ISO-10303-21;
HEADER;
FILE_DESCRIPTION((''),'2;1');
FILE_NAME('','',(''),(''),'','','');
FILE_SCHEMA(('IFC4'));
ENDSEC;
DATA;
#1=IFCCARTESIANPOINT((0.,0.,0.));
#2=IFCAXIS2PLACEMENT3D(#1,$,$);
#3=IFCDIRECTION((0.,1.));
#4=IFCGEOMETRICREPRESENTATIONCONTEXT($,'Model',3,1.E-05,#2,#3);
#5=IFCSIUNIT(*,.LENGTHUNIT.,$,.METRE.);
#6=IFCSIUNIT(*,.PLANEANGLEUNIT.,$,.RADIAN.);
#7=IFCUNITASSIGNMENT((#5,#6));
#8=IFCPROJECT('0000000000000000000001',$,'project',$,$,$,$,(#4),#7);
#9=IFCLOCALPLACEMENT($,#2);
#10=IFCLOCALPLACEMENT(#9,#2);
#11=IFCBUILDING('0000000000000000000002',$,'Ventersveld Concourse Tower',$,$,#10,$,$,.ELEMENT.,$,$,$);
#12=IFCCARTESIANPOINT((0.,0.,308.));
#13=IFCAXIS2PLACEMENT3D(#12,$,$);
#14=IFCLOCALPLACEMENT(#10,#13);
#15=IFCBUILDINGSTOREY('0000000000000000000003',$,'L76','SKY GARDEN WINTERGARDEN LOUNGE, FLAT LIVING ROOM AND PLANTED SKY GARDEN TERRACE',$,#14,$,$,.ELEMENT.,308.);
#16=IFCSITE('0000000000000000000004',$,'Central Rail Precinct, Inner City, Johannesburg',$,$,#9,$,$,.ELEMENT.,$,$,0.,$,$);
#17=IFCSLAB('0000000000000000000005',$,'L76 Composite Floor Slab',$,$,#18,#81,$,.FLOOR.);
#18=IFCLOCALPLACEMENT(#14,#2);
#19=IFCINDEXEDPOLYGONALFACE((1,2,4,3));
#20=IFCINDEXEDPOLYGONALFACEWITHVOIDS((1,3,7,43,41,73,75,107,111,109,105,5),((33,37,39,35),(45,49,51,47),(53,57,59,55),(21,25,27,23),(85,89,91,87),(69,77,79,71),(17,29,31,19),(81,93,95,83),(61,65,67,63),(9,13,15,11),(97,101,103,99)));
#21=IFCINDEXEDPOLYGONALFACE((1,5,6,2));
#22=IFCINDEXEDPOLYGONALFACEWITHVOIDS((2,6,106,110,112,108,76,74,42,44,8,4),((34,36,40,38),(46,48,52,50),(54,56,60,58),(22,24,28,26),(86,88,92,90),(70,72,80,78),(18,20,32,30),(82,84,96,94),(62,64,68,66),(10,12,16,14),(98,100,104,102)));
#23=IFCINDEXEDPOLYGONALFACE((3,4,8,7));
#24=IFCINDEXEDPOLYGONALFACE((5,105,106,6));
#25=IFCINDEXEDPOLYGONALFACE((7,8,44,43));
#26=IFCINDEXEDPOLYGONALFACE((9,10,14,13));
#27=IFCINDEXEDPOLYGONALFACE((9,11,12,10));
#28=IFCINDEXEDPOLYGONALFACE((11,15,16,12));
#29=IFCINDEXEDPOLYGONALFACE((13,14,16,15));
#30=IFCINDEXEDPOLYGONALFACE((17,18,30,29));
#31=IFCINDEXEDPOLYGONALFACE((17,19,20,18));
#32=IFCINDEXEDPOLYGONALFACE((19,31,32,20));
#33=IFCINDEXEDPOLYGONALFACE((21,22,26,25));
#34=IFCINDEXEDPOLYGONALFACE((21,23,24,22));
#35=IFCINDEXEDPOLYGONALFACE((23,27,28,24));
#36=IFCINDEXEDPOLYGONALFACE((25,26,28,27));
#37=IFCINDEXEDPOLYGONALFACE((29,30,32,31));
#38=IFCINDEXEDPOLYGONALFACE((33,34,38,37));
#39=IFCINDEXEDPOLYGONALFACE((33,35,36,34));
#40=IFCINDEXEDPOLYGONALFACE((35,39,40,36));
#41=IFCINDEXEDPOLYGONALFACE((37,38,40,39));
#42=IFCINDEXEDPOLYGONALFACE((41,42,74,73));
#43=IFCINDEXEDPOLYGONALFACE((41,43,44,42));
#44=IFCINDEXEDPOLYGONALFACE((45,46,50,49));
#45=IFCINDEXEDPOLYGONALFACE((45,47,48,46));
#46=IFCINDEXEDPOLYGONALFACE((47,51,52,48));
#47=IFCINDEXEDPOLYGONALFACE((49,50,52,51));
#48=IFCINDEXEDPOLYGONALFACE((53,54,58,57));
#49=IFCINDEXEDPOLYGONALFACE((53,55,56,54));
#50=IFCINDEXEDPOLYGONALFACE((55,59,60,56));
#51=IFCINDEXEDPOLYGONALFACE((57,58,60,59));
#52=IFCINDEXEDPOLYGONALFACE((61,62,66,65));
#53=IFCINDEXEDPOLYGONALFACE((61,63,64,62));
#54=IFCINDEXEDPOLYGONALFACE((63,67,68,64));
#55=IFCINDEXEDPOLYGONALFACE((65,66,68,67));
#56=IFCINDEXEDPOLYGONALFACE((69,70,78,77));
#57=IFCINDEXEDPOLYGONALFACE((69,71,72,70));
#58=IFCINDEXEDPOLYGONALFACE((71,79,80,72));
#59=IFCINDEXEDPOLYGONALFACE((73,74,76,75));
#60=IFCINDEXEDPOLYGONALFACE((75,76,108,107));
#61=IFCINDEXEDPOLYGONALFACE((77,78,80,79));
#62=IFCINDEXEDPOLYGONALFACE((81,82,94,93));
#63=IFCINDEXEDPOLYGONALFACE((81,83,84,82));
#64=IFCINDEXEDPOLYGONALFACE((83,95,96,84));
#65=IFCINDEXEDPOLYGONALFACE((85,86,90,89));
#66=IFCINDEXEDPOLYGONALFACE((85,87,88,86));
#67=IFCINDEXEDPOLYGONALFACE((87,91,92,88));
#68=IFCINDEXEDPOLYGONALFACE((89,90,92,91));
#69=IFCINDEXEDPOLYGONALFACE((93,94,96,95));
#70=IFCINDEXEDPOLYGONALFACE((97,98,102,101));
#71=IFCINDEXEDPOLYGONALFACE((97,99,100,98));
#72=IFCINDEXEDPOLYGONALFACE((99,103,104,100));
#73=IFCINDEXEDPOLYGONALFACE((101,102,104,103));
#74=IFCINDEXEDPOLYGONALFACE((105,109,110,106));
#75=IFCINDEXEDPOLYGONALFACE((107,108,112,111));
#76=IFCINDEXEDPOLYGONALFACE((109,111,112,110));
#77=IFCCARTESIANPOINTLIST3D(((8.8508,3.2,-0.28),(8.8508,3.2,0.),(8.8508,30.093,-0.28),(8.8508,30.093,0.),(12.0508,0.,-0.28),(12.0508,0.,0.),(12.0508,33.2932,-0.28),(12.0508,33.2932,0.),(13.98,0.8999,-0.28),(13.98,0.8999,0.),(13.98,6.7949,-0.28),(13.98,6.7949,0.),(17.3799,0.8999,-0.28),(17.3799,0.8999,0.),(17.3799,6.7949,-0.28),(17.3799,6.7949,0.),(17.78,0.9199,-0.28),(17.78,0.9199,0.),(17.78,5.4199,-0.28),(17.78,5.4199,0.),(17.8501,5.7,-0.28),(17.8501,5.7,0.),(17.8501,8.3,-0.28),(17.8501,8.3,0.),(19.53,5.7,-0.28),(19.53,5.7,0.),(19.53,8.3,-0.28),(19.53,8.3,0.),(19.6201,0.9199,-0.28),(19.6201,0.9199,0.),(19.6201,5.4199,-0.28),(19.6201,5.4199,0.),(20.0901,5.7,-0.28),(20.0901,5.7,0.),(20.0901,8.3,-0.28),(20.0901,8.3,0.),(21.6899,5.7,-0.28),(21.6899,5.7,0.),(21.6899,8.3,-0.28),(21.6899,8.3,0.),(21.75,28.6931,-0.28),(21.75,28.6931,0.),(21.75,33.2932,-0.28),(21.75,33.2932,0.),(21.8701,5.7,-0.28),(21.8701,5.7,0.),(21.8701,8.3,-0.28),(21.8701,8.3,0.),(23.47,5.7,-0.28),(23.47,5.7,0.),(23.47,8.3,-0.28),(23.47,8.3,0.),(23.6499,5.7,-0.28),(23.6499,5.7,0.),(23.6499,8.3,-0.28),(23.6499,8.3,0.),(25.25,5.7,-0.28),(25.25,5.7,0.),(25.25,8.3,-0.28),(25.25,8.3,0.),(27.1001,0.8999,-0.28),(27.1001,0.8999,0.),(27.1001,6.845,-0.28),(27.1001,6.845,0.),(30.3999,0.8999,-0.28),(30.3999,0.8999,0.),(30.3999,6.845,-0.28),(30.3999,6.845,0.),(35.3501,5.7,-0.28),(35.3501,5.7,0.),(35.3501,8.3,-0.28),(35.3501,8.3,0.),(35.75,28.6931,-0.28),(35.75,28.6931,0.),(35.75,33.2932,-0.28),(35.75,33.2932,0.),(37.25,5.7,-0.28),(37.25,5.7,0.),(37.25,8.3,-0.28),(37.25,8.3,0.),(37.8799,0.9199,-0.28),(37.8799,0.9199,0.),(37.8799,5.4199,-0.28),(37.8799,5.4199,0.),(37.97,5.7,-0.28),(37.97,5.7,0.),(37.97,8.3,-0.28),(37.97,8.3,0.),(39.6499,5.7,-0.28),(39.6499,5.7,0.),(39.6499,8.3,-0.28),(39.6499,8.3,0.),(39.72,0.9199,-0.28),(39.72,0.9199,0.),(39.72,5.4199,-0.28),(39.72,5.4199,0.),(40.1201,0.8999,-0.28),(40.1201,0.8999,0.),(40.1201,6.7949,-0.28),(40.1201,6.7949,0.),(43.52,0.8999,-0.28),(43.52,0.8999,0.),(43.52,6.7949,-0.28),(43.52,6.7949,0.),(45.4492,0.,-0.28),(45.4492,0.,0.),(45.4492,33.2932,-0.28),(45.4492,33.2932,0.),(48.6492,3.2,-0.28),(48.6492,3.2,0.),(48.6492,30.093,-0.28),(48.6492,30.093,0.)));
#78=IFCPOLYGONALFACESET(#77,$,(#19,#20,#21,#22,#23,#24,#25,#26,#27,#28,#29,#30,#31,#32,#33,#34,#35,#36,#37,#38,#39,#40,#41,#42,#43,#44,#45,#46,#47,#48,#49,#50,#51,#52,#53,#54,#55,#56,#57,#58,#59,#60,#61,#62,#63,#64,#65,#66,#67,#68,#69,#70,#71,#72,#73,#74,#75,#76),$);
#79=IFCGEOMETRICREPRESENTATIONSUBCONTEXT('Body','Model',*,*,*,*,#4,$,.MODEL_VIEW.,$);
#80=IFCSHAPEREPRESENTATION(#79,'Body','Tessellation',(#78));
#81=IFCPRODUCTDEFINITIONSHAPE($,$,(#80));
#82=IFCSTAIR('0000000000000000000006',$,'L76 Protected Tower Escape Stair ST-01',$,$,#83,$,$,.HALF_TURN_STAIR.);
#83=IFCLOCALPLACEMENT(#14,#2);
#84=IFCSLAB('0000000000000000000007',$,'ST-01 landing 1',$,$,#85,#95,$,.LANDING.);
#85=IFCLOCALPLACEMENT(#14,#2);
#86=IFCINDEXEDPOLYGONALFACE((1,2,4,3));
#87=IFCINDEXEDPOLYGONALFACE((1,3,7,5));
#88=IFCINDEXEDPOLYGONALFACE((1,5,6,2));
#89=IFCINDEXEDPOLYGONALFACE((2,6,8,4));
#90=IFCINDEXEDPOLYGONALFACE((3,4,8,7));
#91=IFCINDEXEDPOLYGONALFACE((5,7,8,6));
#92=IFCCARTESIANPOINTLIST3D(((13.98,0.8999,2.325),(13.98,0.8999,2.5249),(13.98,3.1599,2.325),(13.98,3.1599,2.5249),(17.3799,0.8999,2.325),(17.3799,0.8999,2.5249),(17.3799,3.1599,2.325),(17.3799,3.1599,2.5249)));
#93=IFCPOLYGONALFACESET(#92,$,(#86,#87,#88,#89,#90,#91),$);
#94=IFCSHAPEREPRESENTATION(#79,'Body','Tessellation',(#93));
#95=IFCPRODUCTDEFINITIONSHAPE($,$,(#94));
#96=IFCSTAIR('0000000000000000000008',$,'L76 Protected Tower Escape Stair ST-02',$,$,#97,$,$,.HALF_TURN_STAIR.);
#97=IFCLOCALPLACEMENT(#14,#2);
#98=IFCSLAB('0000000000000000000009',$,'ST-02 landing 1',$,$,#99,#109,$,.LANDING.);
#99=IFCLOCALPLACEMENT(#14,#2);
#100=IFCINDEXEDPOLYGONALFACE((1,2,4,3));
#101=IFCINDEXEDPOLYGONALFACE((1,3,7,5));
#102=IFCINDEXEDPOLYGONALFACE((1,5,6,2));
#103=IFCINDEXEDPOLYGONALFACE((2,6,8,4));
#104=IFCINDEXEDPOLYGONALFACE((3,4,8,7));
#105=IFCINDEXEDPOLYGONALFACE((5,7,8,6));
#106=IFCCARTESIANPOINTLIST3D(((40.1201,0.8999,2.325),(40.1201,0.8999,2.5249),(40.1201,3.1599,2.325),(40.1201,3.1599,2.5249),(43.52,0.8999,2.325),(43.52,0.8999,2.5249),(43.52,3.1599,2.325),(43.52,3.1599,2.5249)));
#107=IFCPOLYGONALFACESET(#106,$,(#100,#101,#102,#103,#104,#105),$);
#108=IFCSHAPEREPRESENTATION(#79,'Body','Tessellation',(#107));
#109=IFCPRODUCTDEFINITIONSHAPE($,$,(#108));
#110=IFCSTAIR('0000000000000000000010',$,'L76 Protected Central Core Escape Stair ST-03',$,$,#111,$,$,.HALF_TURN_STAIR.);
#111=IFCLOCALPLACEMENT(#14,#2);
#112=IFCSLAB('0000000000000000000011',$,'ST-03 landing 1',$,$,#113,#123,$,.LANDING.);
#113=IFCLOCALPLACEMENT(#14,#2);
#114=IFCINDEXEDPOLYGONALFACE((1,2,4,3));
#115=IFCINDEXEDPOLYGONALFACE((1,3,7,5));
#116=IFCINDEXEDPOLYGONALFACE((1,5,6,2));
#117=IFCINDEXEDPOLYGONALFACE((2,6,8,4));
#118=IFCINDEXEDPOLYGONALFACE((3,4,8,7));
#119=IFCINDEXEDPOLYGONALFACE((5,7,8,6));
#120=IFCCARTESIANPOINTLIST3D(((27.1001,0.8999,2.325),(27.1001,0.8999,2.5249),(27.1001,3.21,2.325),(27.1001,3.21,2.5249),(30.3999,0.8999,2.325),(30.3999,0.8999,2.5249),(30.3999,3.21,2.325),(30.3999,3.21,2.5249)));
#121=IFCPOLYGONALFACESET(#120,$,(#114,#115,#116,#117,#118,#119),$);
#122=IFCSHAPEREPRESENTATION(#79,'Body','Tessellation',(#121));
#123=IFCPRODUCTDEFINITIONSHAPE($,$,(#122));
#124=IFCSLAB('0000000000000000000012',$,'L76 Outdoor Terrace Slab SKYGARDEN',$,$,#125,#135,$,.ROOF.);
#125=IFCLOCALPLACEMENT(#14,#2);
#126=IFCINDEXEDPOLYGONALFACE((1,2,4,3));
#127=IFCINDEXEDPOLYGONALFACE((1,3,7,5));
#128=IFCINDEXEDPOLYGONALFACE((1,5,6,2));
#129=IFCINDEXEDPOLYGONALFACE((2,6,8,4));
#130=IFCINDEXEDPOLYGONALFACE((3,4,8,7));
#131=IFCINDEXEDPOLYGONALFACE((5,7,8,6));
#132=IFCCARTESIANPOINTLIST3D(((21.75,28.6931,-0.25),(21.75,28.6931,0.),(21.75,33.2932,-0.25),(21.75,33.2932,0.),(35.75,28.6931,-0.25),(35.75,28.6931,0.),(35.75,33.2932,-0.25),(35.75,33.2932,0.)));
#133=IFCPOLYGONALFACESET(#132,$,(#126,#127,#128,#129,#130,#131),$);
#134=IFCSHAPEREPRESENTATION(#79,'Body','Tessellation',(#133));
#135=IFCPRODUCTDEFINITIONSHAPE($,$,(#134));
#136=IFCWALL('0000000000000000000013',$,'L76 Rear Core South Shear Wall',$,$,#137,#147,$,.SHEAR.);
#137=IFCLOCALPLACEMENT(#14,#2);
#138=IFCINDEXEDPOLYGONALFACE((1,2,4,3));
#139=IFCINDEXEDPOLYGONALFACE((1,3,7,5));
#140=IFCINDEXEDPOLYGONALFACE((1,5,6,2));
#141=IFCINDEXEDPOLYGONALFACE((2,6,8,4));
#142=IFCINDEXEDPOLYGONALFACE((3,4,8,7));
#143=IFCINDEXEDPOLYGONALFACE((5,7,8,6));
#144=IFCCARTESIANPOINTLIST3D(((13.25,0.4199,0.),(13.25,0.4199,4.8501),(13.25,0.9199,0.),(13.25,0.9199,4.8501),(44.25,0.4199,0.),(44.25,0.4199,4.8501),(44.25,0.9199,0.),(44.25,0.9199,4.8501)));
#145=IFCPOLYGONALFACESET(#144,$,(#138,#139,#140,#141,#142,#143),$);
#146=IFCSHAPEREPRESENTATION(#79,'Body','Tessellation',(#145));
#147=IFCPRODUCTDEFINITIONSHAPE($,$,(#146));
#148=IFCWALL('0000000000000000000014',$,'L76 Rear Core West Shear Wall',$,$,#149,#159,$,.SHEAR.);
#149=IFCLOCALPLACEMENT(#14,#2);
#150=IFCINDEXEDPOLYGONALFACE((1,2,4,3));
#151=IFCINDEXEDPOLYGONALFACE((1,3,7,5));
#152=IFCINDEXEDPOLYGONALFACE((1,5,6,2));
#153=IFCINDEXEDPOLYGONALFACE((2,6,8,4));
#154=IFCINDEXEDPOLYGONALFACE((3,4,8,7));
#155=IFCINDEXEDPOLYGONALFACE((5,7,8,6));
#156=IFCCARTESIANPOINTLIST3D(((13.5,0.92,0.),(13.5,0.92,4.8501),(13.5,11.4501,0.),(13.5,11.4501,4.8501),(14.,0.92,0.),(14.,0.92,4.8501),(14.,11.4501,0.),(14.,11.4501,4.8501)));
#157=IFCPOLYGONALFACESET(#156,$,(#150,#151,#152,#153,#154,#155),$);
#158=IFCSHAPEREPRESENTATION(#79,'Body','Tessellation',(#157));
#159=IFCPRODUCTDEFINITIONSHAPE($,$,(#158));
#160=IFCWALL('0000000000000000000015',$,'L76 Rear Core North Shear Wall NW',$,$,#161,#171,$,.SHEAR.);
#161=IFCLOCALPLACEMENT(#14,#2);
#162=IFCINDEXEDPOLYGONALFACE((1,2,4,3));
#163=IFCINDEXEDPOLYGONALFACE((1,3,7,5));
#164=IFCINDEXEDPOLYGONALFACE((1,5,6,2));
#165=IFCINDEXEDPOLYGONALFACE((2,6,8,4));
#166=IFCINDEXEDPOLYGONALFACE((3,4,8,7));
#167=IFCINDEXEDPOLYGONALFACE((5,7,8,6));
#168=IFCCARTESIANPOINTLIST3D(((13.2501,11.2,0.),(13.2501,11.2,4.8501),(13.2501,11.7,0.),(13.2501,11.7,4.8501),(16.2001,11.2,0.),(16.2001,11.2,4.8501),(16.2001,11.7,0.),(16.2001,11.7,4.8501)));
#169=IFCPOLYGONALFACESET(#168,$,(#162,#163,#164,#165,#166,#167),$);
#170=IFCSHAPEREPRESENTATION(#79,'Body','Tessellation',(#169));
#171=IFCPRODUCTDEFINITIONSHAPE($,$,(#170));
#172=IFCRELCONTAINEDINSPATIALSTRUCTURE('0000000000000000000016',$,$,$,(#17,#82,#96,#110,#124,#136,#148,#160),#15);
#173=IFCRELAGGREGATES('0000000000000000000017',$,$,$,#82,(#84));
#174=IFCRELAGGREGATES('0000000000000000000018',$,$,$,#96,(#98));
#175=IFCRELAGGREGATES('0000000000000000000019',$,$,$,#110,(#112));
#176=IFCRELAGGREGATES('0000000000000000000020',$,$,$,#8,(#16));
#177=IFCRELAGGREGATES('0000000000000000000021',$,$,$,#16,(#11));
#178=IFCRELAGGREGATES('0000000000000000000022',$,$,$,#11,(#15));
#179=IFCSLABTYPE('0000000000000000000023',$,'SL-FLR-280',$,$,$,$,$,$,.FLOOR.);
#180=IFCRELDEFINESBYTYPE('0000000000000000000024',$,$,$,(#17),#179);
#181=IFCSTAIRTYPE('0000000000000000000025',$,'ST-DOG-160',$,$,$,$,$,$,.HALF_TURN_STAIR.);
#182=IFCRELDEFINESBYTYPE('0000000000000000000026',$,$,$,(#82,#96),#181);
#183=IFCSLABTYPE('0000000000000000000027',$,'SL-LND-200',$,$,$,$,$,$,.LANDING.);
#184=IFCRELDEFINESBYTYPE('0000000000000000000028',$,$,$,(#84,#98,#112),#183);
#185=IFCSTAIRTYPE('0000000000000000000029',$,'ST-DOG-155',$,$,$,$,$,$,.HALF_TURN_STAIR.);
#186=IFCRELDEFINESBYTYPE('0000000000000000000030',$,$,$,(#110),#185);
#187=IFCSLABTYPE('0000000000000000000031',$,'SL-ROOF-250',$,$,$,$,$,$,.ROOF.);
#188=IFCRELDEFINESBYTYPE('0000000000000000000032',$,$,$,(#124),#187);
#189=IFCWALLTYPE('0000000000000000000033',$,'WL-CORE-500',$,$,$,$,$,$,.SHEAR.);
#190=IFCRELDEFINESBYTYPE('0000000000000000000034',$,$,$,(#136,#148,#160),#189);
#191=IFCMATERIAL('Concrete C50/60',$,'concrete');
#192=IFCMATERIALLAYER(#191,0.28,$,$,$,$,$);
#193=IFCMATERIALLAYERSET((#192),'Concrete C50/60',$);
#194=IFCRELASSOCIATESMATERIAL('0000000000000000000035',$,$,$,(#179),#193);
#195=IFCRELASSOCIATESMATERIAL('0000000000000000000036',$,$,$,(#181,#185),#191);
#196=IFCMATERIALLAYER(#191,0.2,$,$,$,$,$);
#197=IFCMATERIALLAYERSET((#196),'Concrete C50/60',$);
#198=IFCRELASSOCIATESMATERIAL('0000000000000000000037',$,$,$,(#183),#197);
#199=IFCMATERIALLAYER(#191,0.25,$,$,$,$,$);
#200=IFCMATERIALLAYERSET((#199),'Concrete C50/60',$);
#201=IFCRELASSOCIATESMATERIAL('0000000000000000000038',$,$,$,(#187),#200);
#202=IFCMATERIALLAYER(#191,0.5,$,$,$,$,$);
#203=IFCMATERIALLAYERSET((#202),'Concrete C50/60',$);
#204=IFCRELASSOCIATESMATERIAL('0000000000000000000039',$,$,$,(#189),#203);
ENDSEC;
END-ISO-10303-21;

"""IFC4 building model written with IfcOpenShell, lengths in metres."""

from ifc_helpers import new_model, si_unit, direction, frame, frame_2d, origin, place, context, subcontext, project, spatial, polyline, rectangle, outline, extrude, material, layer, layer_set, type_object, element, aggregate, save


model = new_model("IFC4")

# Units and contexts
model_context = context("Model", 3, precision=1e-05, world=origin(), true_north=direction((0.0, 1.0)))
body_context = subcontext(model_context, "Body", "Model", "MODEL_VIEW")
ifc_project = project(units=[si_unit("LENGTHUNIT", "METRE"), si_unit("PLANEANGLEUNIT", "RADIAN")], contexts=[model_context])

# Site, building, storey
site_placement = place(None, origin())
site = spatial("IfcSite", under=ifc_project, at=site_placement, Name="Central Rail Precinct, Inner City, Johannesburg", CompositionType="ELEMENT", RefElevation=0.0)
building_placement = place(site_placement, origin())
building = spatial("IfcBuilding", under=site, at=building_placement, Name="Ventersveld Concourse Tower", CompositionType="ELEMENT")
storey_placement = place(building_placement, frame((0.0, 0.0, 308.0)))
storey = spatial("IfcBuildingStorey", under=building, at=storey_placement, Name="L76", Description="SKY GARDEN WINTERGARDEN LOUNGE, FLAT LIVING ROOM AND PLANTED SKY GARDEN TERRACE", CompositionType="ELEMENT", Elevation=308.0)

# Shared definitions
ifc_material_1 = material(Name="Concrete C50/60", Category="concrete")

# Slab
ifc_layer_1 = layer(ifc_material_1, 0.28)
ifc_layer_set_1 = layer_set([ifc_layer_1], Name="Concrete C50/60")
slab_type_1 = type_object("IfcSlabType", Name="SL-FLR-280", PredefinedType="FLOOR", material=ifc_layer_set_1)
slab_1_placement = place(storey_placement, frame((0.0, 0.0, -0.28)))
element("IfcSlab", 1, at=slab_1_placement, inside=storey, type_object=slab_type_1, Name="L76 Composite Floor Slab", PredefinedType="FLOOR", context=body_context, shape_type="SweptSolid", body=[
    extrude(outline(polyline([(12.0508, 0.0), (45.4492, 0.0), (48.6492, 3.2), (48.6492, 30.093), (45.4492, 33.2932), (35.75, 33.2932), (35.75, 28.6931), (21.75, 28.6931), (21.75, 33.2932), (12.0508, 33.2932), (8.8508, 30.093), (8.8508, 3.2), (12.0508, 0.0)]), holes=[polyline([(13.98, 6.7949), (13.98, 0.8999), (17.3799, 0.8999), (17.3799, 6.7949), (13.98, 6.7949)]), polyline([(40.1201, 6.7949), (40.1201, 0.8999), (43.52, 0.8999), (43.52, 6.7949), (40.1201, 6.7949)]), polyline([(27.1001, 6.845), (27.1001, 0.8999), (30.3999, 0.8999), (30.3999, 6.845), (27.1001, 6.845)]), polyline([(17.8501, 5.7), (19.53, 5.7), (19.53, 8.3), (17.8501, 8.3), (17.8501, 5.7)]), polyline([(37.97, 5.7), (39.6499, 5.7), (39.6499, 8.3), (37.97, 8.3), (37.97, 5.7)]), polyline([(35.3501, 5.7), (37.25, 5.7), (37.25, 8.3), (35.3501, 8.3), (35.3501, 5.7)]), polyline([(20.0901, 5.7), (21.6899, 5.7), (21.6899, 8.3), (20.0901, 8.3), (20.0901, 5.7)]), polyline([(21.8701, 5.7), (23.47, 5.7), (23.47, 8.3), (21.8701, 8.3), (21.8701, 5.7)]), polyline([(23.6499, 5.7), (25.25, 5.7), (25.25, 8.3), (23.6499, 8.3), (23.6499, 5.7)]), polyline([(17.78, 0.9199), (19.6201, 0.9199), (19.6201, 5.4199), (17.78, 5.4199), (17.78, 0.9199)]), polyline([(37.8799, 0.9199), (39.72, 0.9199), (39.72, 5.4199), (37.8799, 5.4199), (37.8799, 0.9199)])]), origin(), (0.0, 0.0, 1.0), 0.28),
])

# Stairs, slabs
stair_type_1 = type_object("IfcStairType", Name="ST-DOG-160", PredefinedType="HALF_TURN_STAIR", material=ifc_material_1)
stair_1_placement = place(storey_placement, origin())
stair_1 = element("IfcStair", 2, at=stair_1_placement, inside=storey, type_object=stair_type_1, Name="L76 Protected Tower Escape Stair ST-01", PredefinedType="HALF_TURN_STAIR")
ifc_layer_2 = layer(ifc_material_1, 0.2)
ifc_layer_set_2 = layer_set([ifc_layer_2], Name="Concrete C50/60")
slab_type_2 = type_object("IfcSlabType", Name="SL-LND-200", PredefinedType="LANDING", material=ifc_layer_set_2)
slab_2_placement = place(storey_placement, frame((0.0, 0.0, 2.325)))
slab_2 = element("IfcSlab", 3, at=slab_2_placement, type_object=slab_type_2, Name="ST-01 landing 1", PredefinedType="LANDING", context=body_context, shape_type="SweptSolid", body=[
    extrude(outline(polyline([(13.98, 3.1599), (13.98, 0.8999), (17.3799, 0.8999), (17.3799, 3.1599), (13.98, 3.1599)])), origin(), (0.0, 0.0, 1.0), 0.2),
])
aggregate(stair_1, [slab_2])
stair_2_placement = place(storey_placement, origin())
stair_2 = element("IfcStair", 4, at=stair_2_placement, inside=storey, type_object=stair_type_1, Name="L76 Protected Tower Escape Stair ST-02", PredefinedType="HALF_TURN_STAIR")
slab_3_placement = place(storey_placement, frame((0.0, 0.0, 2.325)))
slab_3 = element("IfcSlab", 5, at=slab_3_placement, type_object=slab_type_2, Name="ST-02 landing 1", PredefinedType="LANDING", context=body_context, shape_type="SweptSolid", body=[
    extrude(outline(polyline([(40.1201, 3.1599), (40.1201, 0.8999), (43.52, 0.8999), (43.52, 3.1599), (40.1201, 3.1599)])), origin(), (0.0, 0.0, 1.0), 0.2),
])
aggregate(stair_2, [slab_3])
stair_type_2 = type_object("IfcStairType", Name="ST-DOG-155", PredefinedType="HALF_TURN_STAIR", material=ifc_material_1)
stair_3_placement = place(storey_placement, origin())
stair_3 = element("IfcStair", 6, at=stair_3_placement, inside=storey, type_object=stair_type_2, Name="L76 Protected Central Core Escape Stair ST-03", PredefinedType="HALF_TURN_STAIR")
slab_4_placement = place(storey_placement, frame((0.0, 0.0, 2.325)))
slab_4 = element("IfcSlab", 7, at=slab_4_placement, type_object=slab_type_2, Name="ST-03 landing 1", PredefinedType="LANDING", context=body_context, shape_type="SweptSolid", body=[
    extrude(outline(polyline([(27.1001, 3.21), (27.1001, 0.8999), (30.3999, 0.8999), (30.3999, 3.21), (27.1001, 3.21)])), origin(), (0.0, 0.0, 1.0), 0.2),
])
aggregate(stair_3, [slab_4])

# Slab
ifc_layer_3 = layer(ifc_material_1, 0.25)
ifc_layer_set_3 = layer_set([ifc_layer_3], Name="Concrete C50/60")
slab_type_3 = type_object("IfcSlabType", Name="SL-ROOF-250", PredefinedType="ROOF", material=ifc_layer_set_3)
slab_5_placement = place(storey_placement, frame((0.0, 0.0, -0.25)))
element("IfcSlab", 8, at=slab_5_placement, inside=storey, type_object=slab_type_3, Name="L76 Outdoor Terrace Slab SKYGARDEN", PredefinedType="ROOF", context=body_context, shape_type="SweptSolid", body=[
    extrude(outline(polyline([(21.75, 28.6931), (35.75, 28.6931), (35.75, 33.2932), (21.75, 33.2932), (21.75, 28.6931)])), origin(), (0.0, 0.0, 1.0), 0.25),
])

# Walls
ifc_layer_4 = layer(ifc_material_1, 0.5)
ifc_layer_set_4 = layer_set([ifc_layer_4], Name="Concrete C50/60")
wall_type_1 = type_object("IfcWallType", Name="WL-CORE-500", PredefinedType="SHEAR", material=ifc_layer_set_4)
wall_1_placement = place(storey_placement, frame((13.25, 0.6699, 0.0), z_axis=(0.0, 0.0, 1.0), x_axis=(1.0, 0.0, 0.0)))
element("IfcWall", 9, at=wall_1_placement, inside=storey, type_object=wall_type_1, Name="L76 Rear Core South Shear Wall", PredefinedType="SHEAR", context=body_context, shape_type="SweptSolid", body=[
    extrude(rectangle(XDim=31.0, YDim=0.5, at=frame_2d((15.5, 0.0))), origin(), (0.0, 0.0, 1.0), 4.8501),
])
wall_2_placement = place(storey_placement, frame((13.75, 0.9199, 0.0), z_axis=(0.0, 0.0, 1.0), x_axis=(0.0, 1.0, 0.0)))
element("IfcWall", 10, at=wall_2_placement, inside=storey, type_object=wall_type_1, Name="L76 Rear Core West Shear Wall", PredefinedType="SHEAR", context=body_context, shape_type="SweptSolid", body=[
    extrude(rectangle(XDim=10.53, YDim=0.5, at=frame_2d((5.2651, 0.0))), origin(), (0.0, 0.0, 1.0), 4.8501),
])
wall_3_placement = place(storey_placement, frame((13.25, 11.45, 0.0), z_axis=(0.0, 0.0, 1.0), x_axis=(1.0, 0.0, 0.0)))
element("IfcWall", 11, at=wall_3_placement, inside=storey, type_object=wall_type_1, Name="L76 Rear Core North Shear Wall NW", PredefinedType="SHEAR", context=body_context, shape_type="SweptSolid", body=[
    extrude(rectangle(XDim=2.95, YDim=0.5, at=frame_2d((1.4751, 0.0))), origin(), (0.0, 0.0, 1.0), 4.8501),
])

save(model, "model.ifc")
